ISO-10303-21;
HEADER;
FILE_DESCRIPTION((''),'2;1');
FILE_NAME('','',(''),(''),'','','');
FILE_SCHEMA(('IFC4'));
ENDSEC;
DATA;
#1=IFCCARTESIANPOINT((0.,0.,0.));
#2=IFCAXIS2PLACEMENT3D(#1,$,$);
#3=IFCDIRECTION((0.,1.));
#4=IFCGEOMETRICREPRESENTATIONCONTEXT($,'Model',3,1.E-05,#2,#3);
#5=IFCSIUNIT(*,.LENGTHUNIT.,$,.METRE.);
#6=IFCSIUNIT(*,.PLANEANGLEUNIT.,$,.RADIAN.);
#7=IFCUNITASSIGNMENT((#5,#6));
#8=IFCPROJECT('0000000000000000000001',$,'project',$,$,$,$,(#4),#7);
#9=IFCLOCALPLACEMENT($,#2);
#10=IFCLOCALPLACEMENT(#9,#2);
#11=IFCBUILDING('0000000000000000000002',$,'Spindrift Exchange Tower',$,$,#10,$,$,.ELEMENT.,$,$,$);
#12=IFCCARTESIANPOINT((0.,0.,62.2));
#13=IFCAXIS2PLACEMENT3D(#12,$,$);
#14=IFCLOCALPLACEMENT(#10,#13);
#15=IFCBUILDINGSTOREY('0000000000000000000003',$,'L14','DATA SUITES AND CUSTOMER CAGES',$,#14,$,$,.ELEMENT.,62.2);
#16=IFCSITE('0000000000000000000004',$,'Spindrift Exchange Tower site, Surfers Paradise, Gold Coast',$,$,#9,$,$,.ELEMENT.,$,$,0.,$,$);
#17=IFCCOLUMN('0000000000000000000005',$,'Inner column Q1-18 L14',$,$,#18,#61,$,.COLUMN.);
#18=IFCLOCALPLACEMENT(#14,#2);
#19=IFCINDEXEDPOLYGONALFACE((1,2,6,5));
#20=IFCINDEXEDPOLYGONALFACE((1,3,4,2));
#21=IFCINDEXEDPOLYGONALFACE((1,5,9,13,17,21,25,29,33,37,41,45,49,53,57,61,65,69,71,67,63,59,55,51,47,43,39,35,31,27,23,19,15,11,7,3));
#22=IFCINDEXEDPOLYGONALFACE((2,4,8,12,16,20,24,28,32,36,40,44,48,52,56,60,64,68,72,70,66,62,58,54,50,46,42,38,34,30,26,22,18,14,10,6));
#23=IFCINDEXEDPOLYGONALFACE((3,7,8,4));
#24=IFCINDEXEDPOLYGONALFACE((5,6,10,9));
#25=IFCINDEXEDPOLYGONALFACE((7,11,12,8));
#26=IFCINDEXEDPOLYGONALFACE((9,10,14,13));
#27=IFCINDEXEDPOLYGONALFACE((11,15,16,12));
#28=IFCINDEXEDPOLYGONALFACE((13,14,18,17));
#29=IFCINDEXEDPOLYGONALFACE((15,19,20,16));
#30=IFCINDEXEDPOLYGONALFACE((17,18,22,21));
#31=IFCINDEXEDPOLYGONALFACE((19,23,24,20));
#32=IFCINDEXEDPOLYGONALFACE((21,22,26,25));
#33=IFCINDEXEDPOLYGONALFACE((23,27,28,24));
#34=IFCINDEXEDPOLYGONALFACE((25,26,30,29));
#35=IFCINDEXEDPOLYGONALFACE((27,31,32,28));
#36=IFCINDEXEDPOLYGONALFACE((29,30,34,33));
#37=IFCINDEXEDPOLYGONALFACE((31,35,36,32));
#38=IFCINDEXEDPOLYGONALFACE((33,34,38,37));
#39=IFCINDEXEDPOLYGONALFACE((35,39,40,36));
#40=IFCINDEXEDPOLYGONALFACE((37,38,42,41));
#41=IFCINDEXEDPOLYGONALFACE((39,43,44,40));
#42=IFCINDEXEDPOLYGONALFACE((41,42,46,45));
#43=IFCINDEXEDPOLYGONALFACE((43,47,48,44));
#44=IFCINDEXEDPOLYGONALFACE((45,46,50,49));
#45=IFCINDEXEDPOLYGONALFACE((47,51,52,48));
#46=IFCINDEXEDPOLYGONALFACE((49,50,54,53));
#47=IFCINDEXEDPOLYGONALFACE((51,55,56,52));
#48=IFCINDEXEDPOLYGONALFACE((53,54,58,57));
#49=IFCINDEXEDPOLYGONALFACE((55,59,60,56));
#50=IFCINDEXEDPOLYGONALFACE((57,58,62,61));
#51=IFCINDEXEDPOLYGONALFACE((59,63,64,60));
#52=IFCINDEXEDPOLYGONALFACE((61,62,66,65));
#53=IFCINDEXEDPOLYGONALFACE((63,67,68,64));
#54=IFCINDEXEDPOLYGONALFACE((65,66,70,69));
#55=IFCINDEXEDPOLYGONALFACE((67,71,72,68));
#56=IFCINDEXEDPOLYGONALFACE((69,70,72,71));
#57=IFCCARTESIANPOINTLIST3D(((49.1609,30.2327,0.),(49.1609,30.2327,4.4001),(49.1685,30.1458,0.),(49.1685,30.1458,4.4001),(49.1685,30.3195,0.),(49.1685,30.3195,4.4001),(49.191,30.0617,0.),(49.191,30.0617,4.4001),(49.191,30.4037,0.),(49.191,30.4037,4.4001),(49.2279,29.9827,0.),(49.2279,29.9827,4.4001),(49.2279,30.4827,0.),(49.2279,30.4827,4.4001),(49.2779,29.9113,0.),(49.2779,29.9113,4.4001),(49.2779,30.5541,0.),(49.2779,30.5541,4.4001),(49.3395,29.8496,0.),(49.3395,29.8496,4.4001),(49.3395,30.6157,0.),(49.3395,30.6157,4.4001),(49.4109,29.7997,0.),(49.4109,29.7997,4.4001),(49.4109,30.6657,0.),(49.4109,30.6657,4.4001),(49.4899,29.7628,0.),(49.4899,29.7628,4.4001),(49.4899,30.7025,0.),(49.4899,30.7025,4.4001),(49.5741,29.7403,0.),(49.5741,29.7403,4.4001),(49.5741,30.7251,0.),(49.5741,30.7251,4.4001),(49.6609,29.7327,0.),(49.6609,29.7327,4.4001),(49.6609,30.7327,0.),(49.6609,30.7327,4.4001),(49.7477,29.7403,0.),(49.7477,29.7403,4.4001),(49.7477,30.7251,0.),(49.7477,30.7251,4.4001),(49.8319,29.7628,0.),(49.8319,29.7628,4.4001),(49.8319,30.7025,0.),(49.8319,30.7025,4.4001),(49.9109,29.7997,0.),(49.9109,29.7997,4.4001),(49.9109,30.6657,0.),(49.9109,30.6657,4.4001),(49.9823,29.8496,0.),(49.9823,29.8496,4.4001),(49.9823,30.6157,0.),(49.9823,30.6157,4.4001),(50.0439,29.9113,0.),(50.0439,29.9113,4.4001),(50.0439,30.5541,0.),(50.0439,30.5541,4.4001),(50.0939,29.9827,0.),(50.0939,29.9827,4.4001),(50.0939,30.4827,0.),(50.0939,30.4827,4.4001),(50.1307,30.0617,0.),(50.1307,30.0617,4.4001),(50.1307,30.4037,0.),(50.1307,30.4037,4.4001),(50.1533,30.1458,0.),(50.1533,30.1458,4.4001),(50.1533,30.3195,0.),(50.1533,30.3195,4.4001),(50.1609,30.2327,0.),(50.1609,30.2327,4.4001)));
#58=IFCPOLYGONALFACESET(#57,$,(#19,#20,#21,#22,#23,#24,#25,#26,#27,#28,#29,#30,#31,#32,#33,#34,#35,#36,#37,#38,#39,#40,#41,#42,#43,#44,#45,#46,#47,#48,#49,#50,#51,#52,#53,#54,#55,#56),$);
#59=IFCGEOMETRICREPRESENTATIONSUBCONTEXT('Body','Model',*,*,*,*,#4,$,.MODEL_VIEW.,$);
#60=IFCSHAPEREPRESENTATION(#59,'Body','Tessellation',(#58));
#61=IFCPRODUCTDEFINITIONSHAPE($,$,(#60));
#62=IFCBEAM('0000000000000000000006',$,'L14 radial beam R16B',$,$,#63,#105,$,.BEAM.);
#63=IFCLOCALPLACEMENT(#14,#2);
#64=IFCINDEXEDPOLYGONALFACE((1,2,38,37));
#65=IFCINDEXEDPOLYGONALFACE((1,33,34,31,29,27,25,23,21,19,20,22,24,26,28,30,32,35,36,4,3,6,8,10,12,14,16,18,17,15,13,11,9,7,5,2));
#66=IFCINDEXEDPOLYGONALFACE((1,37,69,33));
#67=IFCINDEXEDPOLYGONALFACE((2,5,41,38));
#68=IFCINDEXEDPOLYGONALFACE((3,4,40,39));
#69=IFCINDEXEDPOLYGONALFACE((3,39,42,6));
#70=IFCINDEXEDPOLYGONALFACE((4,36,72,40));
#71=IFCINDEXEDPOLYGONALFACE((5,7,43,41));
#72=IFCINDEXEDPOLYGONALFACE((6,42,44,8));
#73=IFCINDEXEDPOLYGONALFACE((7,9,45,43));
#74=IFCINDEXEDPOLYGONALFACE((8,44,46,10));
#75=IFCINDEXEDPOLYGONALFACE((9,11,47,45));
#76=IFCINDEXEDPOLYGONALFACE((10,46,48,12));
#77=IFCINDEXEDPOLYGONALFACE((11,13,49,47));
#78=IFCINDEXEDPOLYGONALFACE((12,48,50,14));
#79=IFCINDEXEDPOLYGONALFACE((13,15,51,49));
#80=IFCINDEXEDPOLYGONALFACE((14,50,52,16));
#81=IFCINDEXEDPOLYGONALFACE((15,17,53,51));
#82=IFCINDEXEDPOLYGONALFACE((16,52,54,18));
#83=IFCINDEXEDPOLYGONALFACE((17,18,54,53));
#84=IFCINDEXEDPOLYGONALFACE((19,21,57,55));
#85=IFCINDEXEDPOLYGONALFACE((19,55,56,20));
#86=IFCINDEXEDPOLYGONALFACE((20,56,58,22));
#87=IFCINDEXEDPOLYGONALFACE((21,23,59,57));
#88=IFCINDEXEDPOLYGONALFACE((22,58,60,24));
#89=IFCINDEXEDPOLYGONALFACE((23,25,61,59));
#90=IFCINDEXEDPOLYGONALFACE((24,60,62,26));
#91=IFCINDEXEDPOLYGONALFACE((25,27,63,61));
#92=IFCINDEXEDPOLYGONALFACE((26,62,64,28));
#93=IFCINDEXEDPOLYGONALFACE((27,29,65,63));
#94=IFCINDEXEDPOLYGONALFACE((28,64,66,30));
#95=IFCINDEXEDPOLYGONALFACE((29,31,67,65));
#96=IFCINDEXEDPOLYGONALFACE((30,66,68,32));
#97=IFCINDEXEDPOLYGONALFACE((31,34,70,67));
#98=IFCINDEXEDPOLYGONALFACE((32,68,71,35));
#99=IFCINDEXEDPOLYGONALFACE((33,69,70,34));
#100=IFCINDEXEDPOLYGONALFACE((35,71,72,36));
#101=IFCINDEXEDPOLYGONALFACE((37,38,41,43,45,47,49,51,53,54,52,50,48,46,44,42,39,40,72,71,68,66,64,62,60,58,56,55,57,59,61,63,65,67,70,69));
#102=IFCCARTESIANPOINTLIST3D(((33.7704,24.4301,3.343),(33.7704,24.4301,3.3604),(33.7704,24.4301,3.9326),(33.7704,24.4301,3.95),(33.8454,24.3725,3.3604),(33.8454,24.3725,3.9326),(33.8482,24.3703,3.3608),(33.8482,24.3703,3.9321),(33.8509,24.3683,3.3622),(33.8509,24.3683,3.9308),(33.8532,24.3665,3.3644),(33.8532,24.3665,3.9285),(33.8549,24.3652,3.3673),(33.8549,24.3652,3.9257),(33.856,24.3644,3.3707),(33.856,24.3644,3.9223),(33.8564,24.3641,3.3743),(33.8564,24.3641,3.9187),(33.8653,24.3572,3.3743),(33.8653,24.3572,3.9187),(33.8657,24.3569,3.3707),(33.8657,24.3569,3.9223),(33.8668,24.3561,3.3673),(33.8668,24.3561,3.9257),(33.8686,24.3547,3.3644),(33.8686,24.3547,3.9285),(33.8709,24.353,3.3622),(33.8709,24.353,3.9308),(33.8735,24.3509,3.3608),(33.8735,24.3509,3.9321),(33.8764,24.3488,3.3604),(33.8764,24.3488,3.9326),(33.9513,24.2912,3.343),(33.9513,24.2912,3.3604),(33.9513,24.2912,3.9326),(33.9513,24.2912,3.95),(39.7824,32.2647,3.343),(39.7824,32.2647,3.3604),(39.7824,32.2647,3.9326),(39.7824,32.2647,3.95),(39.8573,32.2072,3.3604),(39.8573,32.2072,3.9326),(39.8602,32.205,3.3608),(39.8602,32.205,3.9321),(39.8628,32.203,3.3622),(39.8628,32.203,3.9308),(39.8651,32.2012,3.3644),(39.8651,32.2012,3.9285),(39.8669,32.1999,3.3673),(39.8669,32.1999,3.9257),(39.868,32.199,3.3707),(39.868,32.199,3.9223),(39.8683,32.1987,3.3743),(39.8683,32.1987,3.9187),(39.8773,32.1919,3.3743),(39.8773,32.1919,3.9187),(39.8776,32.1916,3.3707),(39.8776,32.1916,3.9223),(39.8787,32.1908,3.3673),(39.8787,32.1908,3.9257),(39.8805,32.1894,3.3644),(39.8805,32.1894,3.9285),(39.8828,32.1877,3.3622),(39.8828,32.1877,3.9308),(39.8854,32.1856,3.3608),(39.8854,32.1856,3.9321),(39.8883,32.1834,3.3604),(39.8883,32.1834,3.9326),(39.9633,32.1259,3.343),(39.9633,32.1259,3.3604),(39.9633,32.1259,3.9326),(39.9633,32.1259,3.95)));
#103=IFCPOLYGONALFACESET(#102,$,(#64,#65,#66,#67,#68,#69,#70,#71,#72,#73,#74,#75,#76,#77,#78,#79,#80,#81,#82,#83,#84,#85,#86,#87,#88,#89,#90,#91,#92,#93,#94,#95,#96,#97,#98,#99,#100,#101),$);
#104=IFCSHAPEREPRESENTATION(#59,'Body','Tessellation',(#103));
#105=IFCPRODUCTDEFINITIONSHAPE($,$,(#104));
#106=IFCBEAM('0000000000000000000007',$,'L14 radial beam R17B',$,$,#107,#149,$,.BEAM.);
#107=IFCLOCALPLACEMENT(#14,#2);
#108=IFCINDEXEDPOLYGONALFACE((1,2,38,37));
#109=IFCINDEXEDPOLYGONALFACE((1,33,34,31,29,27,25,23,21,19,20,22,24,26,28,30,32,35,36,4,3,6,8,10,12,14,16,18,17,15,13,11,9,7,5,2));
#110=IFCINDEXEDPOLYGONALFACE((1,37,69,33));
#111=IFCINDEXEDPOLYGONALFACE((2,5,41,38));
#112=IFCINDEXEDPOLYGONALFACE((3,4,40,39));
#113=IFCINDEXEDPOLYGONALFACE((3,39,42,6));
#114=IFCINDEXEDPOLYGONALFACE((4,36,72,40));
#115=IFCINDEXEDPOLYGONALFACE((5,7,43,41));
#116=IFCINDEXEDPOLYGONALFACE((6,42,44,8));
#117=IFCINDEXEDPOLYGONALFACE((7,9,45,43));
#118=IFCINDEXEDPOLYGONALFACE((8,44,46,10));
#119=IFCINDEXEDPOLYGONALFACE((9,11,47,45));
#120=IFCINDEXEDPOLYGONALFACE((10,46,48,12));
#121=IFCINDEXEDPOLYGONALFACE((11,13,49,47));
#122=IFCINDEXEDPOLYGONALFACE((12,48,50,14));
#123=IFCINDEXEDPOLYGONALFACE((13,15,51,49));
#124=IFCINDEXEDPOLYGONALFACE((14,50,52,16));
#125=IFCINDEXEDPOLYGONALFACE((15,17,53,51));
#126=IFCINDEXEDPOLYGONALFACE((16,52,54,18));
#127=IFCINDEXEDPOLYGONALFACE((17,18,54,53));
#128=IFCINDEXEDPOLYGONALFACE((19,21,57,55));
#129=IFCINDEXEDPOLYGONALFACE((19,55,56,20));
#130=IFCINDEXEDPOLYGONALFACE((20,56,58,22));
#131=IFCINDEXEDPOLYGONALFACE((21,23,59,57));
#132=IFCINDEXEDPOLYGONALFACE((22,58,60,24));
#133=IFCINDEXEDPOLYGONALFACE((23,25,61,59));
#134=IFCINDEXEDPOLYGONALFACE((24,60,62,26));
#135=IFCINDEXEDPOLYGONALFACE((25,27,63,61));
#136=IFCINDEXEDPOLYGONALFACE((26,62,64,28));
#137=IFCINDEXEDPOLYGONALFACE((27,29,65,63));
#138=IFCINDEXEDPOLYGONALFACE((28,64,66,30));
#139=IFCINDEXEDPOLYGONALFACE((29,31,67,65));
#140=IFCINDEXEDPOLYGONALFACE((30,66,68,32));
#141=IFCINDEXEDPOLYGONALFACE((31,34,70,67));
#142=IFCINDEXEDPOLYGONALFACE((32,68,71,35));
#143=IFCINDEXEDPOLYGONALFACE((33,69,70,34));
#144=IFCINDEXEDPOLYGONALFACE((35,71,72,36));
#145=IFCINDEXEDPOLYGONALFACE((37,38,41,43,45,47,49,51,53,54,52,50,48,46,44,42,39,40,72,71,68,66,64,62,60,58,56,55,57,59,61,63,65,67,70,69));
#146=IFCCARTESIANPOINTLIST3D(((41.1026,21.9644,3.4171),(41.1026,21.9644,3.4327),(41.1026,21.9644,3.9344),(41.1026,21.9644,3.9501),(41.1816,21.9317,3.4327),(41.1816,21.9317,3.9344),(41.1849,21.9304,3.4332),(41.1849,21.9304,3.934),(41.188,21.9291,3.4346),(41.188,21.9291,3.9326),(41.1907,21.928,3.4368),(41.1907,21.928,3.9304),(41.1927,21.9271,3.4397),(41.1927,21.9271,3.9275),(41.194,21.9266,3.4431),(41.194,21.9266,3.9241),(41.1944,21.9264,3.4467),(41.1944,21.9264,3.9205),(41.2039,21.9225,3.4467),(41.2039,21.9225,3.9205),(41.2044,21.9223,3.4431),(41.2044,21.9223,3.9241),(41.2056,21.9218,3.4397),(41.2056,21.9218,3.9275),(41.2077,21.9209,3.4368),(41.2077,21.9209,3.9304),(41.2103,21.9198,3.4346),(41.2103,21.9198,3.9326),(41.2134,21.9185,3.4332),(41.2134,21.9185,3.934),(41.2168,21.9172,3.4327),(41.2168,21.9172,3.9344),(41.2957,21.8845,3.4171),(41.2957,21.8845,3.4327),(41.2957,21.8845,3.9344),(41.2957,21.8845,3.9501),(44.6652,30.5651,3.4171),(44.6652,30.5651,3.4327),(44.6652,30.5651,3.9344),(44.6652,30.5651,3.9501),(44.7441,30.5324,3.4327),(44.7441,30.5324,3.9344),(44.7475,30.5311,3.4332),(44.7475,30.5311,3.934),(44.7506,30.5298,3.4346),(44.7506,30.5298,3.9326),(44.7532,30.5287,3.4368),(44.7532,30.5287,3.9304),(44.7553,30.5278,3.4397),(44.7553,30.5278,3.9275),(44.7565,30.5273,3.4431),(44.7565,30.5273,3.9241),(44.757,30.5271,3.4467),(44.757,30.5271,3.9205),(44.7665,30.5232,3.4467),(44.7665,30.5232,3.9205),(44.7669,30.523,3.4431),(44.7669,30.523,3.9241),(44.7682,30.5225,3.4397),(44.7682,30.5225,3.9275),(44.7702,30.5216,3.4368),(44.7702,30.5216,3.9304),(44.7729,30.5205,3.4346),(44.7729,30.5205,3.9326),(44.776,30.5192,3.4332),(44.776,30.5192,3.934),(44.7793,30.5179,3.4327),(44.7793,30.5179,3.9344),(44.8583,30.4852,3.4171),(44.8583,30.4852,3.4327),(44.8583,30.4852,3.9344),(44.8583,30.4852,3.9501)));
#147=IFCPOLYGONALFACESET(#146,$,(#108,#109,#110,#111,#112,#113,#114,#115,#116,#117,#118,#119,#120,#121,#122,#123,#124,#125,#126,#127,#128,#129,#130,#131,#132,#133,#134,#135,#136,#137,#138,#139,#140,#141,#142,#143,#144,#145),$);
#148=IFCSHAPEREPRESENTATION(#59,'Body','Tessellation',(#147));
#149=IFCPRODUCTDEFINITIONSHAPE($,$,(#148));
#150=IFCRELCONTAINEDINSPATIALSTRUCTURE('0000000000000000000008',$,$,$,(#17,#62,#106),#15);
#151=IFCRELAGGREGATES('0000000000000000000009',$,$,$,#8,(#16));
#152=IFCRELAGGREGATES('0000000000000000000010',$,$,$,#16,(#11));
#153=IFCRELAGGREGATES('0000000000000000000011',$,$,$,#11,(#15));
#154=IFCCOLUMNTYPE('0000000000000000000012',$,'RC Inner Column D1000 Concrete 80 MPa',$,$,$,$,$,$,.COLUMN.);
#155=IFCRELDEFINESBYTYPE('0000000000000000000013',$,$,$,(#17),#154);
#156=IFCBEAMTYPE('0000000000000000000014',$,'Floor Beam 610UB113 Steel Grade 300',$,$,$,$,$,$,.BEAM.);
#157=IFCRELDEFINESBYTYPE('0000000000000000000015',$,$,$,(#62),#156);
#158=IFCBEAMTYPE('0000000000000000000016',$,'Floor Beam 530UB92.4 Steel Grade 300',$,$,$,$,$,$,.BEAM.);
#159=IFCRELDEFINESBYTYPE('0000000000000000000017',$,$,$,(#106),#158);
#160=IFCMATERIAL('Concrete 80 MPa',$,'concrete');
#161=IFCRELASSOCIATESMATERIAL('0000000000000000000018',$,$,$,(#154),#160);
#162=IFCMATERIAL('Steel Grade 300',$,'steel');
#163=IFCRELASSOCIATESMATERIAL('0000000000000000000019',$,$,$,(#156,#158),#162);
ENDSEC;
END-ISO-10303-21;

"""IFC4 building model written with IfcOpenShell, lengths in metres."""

from ifc_helpers import new_model, si_unit, direction, frame, origin, origin_2d, place, context, subcontext, project, spatial, circle, i_section, extrude, source, transform, mapped, material, material_profile, profile_set, type_object, element, save


model = new_model("IFC4")

# Units and contexts
model_context = context("Model", 3, precision=1e-05, world=origin(), true_north=direction((0.0, 1.0)))
body_context = subcontext(model_context, "Body", "Model", "MODEL_VIEW")
ifc_project = project(units=[si_unit("LENGTHUNIT", "METRE"), si_unit("PLANEANGLEUNIT", "RADIAN")], contexts=[model_context])

# Site, building, storey
site_placement = place(None, origin())
site = spatial("IfcSite", under=ifc_project, at=site_placement, Name="Spindrift Exchange Tower site, Surfers Paradise, Gold Coast", CompositionType="ELEMENT", RefElevation=0.0)
building_placement = place(site_placement, origin())
building = spatial("IfcBuilding", under=site, at=building_placement, Name="Spindrift Exchange Tower", CompositionType="ELEMENT")
storey_placement = place(building_placement, frame((0.0, 0.0, 62.2)))
storey = spatial("IfcBuildingStorey", under=building, at=storey_placement, Name="L14", Description="DATA SUITES AND CUSTOMER CAGES", CompositionType="ELEMENT", Elevation=62.2)

# Column
ifc_material_1 = material(Name="Concrete 80 MPa", Category="concrete")
ifc_material_profile_1 = material_profile(ifc_material_1, circle(Radius=0.5, at=origin_2d()), Name="RC D1000")
ifc_profile_set_1 = profile_set([ifc_material_profile_1], Name="Concrete 80 MPa")
column_type_1 = type_object("IfcColumnType", Name="RC Inner Column D1000 Concrete 80 MPa", PredefinedType="COLUMN", material=ifc_profile_set_1)
shared_shape_1 = source(origin(), body_context, "Body", "SweptSolid", [
    extrude(circle(Radius=0.5, at=origin_2d()), origin(), (0.0, 0.0, 1.0), 4.4001),
])
for number, where, z_axis, x_axis, name in (
    (1, (49.6609, 30.2327, 0.0), (0.0, 0.0, 1.0), (1.0, 0.0, 0.0), "Inner column Q1-18 L14"),
):
    element("IfcColumn", number, at=place(storey_placement, frame(where, z_axis=z_axis, x_axis=x_axis)), inside=storey, type_object=column_type_1, Name=name, PredefinedType="COLUMN", context=body_context, shape_type="MappedRepresentation", body=[
        mapped(shared_shape_1, transform((0.0, 0.0, 0.0), scale=1.0)),
    ])

# Beams
ifc_material_2 = material(Name="Steel Grade 300", Category="steel")
ifc_material_profile_2 = material_profile(ifc_material_2, i_section(OverallWidth=0.228, OverallDepth=0.6069, WebThickness=0.0112, FlangeThickness=0.0173, FilletRadius=0.0139, at=origin_2d()), Name="610UB113")
ifc_profile_set_2 = profile_set([ifc_material_profile_2], Name="Steel Grade 300")
beam_type_1 = type_object("IfcBeamType", Name="Floor Beam 610UB113 Steel Grade 300", PredefinedType="BEAM", material=ifc_profile_set_2)
shared_shape_2 = source(origin(), body_context, "Body", "SweptSolid", [
    extrude(i_section(OverallWidth=0.228, OverallDepth=0.6069, WebThickness=0.0112, FlangeThickness=0.0173, FilletRadius=0.0139, at=origin_2d()), origin(), (0.0, 0.0, 1.0), 9.8755),
])
beam_1_placement = place(storey_placement, frame((39.8728, 32.1953, 3.6465), z_axis=(-0.608772, -0.793345, 0.0), x_axis=(0.793345, -0.608772, 0.0)))
element("IfcBeam", 2, at=beam_1_placement, inside=storey, type_object=beam_type_1, Name="L14 radial beam R16B", PredefinedType="BEAM", context=body_context, shape_type="MappedRepresentation", body=[
    mapped(shared_shape_2, transform((0.0, 0.0, 0.0), scale=1.0)),
])
ifc_material_profile_3 = material_profile(ifc_material_2, i_section(OverallWidth=0.209, OverallDepth=0.533, WebThickness=0.0103, FlangeThickness=0.0156, FilletRadius=0.0139, at=origin_2d()), Name="530UB92.4")
ifc_profile_set_3 = profile_set([ifc_material_profile_3], Name="Steel Grade 300")
beam_type_2 = type_object("IfcBeamType", Name="Floor Beam 530UB92.4 Steel Grade 300", PredefinedType="BEAM", material=ifc_profile_set_3)
shared_shape_3 = source(origin(), body_context, "Body", "SweptSolid", [
    extrude(i_section(OverallWidth=0.209, OverallDepth=0.533, WebThickness=0.0103, FlangeThickness=0.0156, FilletRadius=0.0139, at=origin_2d()), origin(), (0.0, 0.0, 1.0), 9.3093),
])
beam_2_placement = place(storey_placement, frame((44.7617, 30.5251, 3.6836), z_axis=(-0.382685, -0.923879, 0.0), x_axis=(0.923879, -0.382685, 0.0)))
element("IfcBeam", 3, at=beam_2_placement, inside=storey, type_object=beam_type_2, Name="L14 radial beam R17B", PredefinedType="BEAM", context=body_context, shape_type="MappedRepresentation", body=[
    mapped(shared_shape_3, transform((0.0, 0.0, 0.0), scale=1.0)),
])

save(model, "model.ifc")
